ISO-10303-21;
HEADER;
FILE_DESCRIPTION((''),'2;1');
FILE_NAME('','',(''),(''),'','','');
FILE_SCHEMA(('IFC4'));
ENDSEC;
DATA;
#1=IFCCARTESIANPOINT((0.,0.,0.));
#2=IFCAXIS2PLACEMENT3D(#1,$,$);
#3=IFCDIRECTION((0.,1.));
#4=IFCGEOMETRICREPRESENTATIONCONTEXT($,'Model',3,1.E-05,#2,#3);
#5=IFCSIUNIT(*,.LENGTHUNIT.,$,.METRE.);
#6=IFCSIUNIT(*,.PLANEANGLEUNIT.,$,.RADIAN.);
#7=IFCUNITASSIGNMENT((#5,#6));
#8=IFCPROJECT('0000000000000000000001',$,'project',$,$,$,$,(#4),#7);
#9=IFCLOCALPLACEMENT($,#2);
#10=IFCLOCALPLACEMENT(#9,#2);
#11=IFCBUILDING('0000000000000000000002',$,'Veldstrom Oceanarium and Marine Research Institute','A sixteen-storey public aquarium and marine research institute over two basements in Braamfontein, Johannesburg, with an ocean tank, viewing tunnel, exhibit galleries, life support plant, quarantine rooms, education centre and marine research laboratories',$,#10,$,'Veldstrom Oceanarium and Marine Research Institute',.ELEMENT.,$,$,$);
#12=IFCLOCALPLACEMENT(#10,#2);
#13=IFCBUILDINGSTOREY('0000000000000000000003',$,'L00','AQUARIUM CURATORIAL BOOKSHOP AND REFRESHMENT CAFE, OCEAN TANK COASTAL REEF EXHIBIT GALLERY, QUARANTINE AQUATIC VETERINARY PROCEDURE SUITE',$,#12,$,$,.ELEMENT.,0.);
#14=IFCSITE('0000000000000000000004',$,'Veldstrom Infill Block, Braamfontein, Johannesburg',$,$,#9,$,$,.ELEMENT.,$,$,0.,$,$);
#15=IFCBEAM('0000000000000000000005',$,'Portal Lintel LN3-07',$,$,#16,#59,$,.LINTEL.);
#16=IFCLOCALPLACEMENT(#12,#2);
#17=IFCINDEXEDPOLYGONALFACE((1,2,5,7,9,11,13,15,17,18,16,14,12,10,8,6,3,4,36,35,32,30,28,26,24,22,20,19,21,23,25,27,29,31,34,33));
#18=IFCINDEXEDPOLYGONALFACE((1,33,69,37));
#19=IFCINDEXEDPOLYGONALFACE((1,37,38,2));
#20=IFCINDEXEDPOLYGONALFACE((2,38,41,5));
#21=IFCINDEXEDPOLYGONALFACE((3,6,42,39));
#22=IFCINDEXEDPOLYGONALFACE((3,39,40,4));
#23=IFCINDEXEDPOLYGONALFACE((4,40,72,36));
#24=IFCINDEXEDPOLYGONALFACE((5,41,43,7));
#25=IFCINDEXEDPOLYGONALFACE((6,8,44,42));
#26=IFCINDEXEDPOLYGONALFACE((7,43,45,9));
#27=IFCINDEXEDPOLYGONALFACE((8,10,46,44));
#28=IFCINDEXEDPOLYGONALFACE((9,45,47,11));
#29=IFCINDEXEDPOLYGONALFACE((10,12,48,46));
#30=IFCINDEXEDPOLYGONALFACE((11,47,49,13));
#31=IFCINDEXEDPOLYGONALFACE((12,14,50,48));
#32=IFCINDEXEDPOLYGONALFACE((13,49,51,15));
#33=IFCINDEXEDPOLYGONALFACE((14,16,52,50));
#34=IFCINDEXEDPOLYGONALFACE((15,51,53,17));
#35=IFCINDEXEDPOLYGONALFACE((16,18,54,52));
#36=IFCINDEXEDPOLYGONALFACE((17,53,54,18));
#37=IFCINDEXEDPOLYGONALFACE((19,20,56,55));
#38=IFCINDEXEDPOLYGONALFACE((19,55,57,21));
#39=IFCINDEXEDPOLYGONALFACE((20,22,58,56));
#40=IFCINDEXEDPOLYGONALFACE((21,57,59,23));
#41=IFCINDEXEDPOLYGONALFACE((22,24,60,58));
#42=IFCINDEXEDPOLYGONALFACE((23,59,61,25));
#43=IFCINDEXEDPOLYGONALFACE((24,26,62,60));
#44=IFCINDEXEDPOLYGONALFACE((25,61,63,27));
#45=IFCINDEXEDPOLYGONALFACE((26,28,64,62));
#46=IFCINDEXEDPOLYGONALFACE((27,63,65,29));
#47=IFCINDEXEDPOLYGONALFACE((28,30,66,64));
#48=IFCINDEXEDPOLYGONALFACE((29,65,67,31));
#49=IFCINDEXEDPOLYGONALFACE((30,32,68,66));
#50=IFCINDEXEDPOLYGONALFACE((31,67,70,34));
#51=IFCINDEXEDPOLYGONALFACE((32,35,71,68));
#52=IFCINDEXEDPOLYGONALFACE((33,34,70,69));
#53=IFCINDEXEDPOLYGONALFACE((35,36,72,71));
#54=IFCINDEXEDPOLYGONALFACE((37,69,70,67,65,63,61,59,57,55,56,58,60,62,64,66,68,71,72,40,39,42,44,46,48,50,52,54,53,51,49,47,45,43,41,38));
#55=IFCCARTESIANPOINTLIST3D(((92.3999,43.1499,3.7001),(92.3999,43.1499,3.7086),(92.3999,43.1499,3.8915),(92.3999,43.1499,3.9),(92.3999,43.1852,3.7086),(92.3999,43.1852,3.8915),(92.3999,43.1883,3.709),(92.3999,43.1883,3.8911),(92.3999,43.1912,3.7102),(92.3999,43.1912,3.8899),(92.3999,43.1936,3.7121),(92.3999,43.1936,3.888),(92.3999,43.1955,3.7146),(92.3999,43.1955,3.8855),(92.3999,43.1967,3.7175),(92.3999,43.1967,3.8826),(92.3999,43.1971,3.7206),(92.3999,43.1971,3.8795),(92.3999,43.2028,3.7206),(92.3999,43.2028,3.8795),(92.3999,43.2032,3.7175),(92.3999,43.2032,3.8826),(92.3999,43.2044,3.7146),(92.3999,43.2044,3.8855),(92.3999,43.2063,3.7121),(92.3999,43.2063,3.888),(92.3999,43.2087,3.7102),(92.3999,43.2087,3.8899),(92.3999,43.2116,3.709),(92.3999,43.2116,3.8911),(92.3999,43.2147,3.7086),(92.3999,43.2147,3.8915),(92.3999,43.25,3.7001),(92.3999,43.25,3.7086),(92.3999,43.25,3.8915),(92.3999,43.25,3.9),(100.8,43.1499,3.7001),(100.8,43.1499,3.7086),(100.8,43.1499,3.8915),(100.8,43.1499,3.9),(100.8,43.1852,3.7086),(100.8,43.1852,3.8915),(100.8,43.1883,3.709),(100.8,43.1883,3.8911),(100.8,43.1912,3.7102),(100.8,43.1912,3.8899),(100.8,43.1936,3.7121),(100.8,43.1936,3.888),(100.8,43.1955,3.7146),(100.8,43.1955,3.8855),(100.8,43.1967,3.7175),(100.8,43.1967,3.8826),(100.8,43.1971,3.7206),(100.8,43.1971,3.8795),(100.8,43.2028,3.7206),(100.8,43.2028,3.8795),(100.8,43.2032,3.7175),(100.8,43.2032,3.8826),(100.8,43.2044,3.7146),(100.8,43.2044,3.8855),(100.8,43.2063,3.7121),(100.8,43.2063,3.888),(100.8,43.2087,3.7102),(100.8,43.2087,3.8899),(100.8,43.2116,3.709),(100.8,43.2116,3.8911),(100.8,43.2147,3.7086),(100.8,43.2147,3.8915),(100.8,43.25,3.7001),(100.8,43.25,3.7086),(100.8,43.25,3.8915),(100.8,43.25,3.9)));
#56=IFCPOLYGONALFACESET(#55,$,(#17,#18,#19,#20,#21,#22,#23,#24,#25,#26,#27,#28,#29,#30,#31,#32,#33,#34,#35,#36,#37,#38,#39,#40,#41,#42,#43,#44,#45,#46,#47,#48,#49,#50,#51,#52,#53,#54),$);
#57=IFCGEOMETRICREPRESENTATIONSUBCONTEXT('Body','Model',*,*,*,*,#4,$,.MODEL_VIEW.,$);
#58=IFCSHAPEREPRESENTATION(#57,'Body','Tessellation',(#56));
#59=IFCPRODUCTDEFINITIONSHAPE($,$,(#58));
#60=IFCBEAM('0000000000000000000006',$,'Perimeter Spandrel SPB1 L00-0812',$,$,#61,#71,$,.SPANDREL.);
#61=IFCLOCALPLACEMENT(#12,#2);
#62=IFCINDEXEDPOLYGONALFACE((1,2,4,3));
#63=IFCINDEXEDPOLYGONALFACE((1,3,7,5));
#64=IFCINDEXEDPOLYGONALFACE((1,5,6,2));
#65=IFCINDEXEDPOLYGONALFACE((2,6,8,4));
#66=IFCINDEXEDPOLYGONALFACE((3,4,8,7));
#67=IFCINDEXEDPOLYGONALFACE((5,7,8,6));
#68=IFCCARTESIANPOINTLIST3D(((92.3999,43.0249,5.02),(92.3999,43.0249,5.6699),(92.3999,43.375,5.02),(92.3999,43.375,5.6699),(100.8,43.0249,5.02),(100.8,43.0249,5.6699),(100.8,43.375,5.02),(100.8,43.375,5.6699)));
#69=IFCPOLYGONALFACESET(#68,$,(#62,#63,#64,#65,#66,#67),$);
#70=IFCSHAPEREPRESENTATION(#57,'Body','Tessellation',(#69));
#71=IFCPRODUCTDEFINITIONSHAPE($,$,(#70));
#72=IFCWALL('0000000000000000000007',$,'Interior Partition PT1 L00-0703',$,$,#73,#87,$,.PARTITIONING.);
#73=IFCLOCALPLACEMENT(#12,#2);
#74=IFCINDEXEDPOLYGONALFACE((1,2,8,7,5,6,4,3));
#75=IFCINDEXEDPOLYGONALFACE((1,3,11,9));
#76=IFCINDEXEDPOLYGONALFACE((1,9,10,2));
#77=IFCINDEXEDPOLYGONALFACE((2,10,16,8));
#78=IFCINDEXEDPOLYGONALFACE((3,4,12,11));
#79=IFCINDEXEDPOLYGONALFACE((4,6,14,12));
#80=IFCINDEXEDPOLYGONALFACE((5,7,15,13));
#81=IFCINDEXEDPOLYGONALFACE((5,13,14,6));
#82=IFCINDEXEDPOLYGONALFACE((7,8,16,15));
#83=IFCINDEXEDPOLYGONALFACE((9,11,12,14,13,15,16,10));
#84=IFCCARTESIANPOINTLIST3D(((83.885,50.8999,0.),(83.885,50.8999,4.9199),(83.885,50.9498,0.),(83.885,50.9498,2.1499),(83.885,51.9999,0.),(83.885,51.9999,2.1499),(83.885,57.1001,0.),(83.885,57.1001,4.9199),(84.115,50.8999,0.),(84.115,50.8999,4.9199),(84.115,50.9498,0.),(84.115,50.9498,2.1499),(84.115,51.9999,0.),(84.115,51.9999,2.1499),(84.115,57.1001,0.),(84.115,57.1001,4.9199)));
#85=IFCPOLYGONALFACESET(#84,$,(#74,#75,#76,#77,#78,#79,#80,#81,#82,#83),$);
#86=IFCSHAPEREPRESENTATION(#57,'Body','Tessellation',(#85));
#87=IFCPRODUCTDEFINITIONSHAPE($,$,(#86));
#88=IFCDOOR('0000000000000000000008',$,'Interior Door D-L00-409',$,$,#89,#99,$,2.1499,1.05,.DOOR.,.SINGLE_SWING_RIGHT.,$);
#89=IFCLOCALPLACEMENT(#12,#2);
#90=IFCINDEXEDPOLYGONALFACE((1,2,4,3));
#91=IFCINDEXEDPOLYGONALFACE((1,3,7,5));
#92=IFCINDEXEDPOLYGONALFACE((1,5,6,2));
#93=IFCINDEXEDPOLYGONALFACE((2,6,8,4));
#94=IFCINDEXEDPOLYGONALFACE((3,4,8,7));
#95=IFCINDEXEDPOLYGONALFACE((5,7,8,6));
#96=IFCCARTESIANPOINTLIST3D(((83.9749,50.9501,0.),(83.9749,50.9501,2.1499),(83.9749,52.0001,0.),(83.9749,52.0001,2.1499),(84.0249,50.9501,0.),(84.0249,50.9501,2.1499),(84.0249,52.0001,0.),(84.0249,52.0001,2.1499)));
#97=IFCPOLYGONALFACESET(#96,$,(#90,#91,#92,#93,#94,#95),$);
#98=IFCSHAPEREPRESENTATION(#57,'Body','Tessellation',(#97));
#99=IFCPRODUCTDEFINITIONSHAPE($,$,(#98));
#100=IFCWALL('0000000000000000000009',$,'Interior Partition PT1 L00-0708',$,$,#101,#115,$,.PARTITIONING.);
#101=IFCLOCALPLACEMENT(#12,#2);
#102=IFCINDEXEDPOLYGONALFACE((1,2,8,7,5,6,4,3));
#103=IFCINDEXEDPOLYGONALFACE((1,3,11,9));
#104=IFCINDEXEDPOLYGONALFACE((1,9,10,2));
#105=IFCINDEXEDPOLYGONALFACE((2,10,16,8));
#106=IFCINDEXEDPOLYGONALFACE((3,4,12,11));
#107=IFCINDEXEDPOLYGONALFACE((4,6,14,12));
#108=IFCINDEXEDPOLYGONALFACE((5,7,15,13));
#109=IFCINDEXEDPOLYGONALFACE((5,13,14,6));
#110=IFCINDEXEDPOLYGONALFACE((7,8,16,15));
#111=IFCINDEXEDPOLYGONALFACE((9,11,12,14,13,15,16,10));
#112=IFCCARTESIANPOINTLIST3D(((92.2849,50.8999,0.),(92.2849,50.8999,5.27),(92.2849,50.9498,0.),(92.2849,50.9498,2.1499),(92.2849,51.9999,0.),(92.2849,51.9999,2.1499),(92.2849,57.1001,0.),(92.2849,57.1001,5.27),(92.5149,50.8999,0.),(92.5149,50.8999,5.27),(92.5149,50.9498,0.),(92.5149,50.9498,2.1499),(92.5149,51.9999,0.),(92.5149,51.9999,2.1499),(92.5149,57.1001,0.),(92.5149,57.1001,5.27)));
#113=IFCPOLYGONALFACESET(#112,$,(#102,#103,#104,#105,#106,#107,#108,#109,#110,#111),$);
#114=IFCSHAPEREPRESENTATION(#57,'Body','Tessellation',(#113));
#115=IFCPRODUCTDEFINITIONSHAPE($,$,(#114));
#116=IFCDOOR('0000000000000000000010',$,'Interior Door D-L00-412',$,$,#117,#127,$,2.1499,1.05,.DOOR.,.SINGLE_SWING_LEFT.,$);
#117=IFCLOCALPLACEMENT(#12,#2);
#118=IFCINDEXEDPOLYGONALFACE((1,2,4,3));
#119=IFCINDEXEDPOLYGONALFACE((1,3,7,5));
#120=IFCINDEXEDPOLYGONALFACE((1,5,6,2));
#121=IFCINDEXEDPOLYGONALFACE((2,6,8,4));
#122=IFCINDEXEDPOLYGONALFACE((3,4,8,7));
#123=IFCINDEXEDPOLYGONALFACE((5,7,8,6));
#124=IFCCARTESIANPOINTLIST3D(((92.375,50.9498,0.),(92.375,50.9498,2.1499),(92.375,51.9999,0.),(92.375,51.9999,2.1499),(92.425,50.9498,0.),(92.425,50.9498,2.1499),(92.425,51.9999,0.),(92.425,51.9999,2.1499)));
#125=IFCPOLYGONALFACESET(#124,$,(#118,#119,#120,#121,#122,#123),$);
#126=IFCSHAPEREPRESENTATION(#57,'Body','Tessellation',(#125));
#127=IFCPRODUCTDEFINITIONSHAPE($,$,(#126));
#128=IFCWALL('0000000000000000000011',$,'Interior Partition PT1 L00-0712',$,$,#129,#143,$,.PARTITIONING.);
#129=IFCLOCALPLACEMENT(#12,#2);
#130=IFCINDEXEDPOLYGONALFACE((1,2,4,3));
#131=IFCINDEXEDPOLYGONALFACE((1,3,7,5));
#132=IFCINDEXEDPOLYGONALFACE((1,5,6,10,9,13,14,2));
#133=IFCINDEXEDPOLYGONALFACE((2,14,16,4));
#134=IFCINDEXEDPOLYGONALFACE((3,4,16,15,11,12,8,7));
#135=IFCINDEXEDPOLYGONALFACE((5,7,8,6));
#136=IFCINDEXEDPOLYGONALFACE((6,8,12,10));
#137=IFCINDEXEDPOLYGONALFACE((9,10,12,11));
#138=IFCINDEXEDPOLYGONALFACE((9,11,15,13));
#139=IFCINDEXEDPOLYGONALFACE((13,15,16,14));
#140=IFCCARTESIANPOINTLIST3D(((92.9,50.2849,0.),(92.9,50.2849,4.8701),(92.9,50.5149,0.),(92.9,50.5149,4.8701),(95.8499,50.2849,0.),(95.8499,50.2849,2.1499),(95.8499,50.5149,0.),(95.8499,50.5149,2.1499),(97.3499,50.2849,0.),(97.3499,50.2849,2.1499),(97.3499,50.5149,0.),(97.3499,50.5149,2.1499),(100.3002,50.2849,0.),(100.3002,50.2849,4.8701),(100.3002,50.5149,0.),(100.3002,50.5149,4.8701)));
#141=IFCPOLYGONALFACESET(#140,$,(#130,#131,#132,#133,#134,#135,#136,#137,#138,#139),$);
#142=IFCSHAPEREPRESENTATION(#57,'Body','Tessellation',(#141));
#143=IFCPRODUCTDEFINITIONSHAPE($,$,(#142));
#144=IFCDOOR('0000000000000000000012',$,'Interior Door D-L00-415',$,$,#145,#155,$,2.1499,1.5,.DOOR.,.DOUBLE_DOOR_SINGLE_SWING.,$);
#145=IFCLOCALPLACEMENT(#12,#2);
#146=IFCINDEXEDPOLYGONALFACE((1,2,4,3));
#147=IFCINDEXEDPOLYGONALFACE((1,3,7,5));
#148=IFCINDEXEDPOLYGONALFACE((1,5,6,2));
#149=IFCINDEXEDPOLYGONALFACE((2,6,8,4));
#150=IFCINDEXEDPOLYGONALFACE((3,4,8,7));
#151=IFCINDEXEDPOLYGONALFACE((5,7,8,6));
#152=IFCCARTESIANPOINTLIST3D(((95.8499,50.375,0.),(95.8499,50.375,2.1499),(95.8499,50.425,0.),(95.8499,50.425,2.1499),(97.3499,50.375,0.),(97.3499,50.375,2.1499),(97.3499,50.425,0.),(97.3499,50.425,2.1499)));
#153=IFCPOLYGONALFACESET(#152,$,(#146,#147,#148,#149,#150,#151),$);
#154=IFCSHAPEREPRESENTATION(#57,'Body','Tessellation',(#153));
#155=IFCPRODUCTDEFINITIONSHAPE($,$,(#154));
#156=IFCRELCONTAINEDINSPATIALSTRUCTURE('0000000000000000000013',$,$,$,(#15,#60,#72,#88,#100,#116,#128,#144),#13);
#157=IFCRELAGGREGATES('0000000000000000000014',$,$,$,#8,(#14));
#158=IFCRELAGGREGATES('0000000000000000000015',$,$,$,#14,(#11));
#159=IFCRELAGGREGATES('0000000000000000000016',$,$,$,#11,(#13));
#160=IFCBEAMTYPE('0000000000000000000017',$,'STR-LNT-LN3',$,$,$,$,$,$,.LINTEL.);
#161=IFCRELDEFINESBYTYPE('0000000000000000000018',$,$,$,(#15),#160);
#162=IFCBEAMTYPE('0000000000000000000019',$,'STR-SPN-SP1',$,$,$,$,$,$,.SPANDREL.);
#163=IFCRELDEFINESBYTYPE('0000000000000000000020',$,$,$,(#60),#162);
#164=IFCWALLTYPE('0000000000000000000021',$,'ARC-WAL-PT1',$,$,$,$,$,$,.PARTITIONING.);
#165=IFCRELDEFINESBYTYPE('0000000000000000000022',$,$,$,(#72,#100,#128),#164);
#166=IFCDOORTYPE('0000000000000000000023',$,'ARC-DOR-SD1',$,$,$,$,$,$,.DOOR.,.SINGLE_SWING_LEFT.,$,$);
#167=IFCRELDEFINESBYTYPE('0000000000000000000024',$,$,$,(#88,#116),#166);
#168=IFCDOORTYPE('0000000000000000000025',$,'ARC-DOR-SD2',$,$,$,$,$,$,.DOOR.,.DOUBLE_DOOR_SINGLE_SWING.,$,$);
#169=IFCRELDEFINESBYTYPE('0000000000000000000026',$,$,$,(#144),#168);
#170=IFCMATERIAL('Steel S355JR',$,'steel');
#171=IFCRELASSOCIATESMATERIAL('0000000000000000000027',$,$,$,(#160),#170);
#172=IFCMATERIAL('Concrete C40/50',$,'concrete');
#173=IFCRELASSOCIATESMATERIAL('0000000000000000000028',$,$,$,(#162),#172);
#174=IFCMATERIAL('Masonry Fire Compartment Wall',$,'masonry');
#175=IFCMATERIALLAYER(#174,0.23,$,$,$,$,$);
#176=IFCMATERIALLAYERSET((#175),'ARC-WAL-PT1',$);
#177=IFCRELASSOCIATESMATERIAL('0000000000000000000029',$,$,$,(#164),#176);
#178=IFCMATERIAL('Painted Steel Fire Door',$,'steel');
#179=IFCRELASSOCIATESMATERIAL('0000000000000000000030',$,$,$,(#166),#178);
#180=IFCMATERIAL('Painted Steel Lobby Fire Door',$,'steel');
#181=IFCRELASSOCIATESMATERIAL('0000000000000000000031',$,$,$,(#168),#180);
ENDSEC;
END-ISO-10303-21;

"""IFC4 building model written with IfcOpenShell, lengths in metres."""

from ifc_helpers import new_model, si_unit, direction, frame, frame_2d, origin, origin_2d, place, context, subcontext, project, spatial, rectangle, i_section, extrude, material, layer, layer_set, material_profile, profile_set, type_object, element, fill, save


model = new_model("IFC4")

# Units and contexts
model_context = context("Model", 3, precision=1e-05, world=origin(), true_north=direction((0.0, 1.0)))
body_context = subcontext(model_context, "Body", "Model", "MODEL_VIEW")
ifc_project = project(units=[si_unit("LENGTHUNIT", "METRE"), si_unit("PLANEANGLEUNIT", "RADIAN")], contexts=[model_context])

# Site, building, storey
site_placement = place(None, origin())
site = spatial("IfcSite", under=ifc_project, at=site_placement, Name="Veldstrom Infill Block, Braamfontein, Johannesburg", CompositionType="ELEMENT", RefElevation=0.0)
building_placement = place(site_placement, origin())
building = spatial("IfcBuilding", under=site, at=building_placement, Name="Veldstrom Oceanarium and Marine Research Institute", Description="A sixteen-storey public aquarium and marine research institute over two basements in Braamfontein, Johannesburg, with an ocean tank, viewing tunnel, exhibit galleries, life support plant, quarantine rooms, education centre and marine research laboratories", LongName="Veldstrom Oceanarium and Marine Research Institute", CompositionType="ELEMENT")
storey_placement = place(building_placement, origin())
storey = spatial("IfcBuildingStorey", under=building, at=storey_placement, Name="L00", Description="AQUARIUM CURATORIAL BOOKSHOP AND REFRESHMENT CAFE, OCEAN TANK COASTAL REEF EXHIBIT GALLERY, QUARANTINE AQUATIC VETERINARY PROCEDURE SUITE", CompositionType="ELEMENT", Elevation=0.0)

# Beams
ifc_material_1 = material(Name="Steel S355JR", Category="steel")
ifc_material_profile_1 = material_profile(ifc_material_1, i_section(OverallWidth=0.1001, OverallDepth=0.2, WebThickness=0.0056, FlangeThickness=0.0085, FilletRadius=0.012, at=origin_2d()), Name="IPE 200")
ifc_profile_set_1 = profile_set([ifc_material_profile_1], Name="Steel S355JR")
beam_type_1 = type_object("IfcBeamType", Name="STR-LNT-LN3", PredefinedType="LINTEL", material=ifc_profile_set_1)
beam_1_placement = place(storey_placement, frame((92.3999, 43.2, 3.8), z_axis=(1.0, 0.0, 0.0), x_axis=(0.0, 1.0, 0.0)))
element("IfcBeam", 1, at=beam_1_placement, inside=storey, type_object=beam_type_1, Name="Portal Lintel LN3-07", PredefinedType="LINTEL", context=body_context, shape_type="SweptSolid", body=[
    extrude(i_section(OverallWidth=0.1001, OverallDepth=0.2, WebThickness=0.0056, FlangeThickness=0.0085, FilletRadius=0.012, at=origin_2d()), origin(), (0.0, 0.0, 1.0), 8.4001),
])
ifc_material_2 = material(Name="Concrete C40/50", Category="concrete")
ifc_material_profile_2 = material_profile(ifc_material_2, rectangle(XDim=0.3501, YDim=0.6499, at=origin_2d()), Name="RC-SPN-350x650")
ifc_profile_set_2 = profile_set([ifc_material_profile_2], Name="Concrete C40/50")
beam_type_2 = type_object("IfcBeamType", Name="STR-SPN-SP1", PredefinedType="SPANDREL", material=ifc_profile_set_2)
beam_2_placement = place(storey_placement, frame((92.3999, 43.2, 5.345), z_axis=(1.0, 0.0, 0.0), x_axis=(0.0, 1.0, 0.0)))
element("IfcBeam", 2, at=beam_2_placement, inside=storey, type_object=beam_type_2, Name="Perimeter Spandrel SPB1 L00-0812", PredefinedType="SPANDREL", context=body_context, shape_type="SweptSolid", body=[
    extrude(rectangle(XDim=0.3501, YDim=0.6499, at=origin_2d()), origin(), (0.0, 0.0, 1.0), 8.4001),
])

# Walls, openings, doors
ifc_material_3 = material(Name="Masonry Fire Compartment Wall", Category="masonry")
ifc_layer_1 = layer(ifc_material_3, 0.23)
ifc_layer_set_1 = layer_set([ifc_layer_1], Name="ARC-WAL-PT1")
wall_type_1 = type_object("IfcWallType", Name="ARC-WAL-PT1", PredefinedType="PARTITIONING", material=ifc_layer_set_1)
wall_1_placement = place(storey_placement, frame((84.0, 50.8999, 0.0), z_axis=(0.0, 0.0, 1.0), x_axis=(0.0, 1.0, 0.0)))
wall_1 = element("IfcWall", 3, at=wall_1_placement, inside=storey, type_object=wall_type_1, Name="Interior Partition PT1 L00-0703", PredefinedType="PARTITIONING", context=body_context, shape_type="SweptSolid", body=[
    extrude(rectangle(XDim=6.2002, YDim=0.23, at=frame_2d((3.1001, 0.0))), origin(), (0.0, 0.0, 1.0), 4.9199),
])
opening_1_placement = place(wall_1_placement, frame((0.05, 0.0, 0.0)))
opening_1 = element("IfcOpeningElement", 4, at=opening_1_placement, cuts=wall_1, PredefinedType="OPENING", context=body_context, shape_type="SweptSolid", body=[
    extrude(rectangle(XDim=1.05, YDim=2.1499, at=frame_2d((0.5249, 1.075))), frame((0.0, 0.125, 0.0), z_axis=(0.0, -1.0, 0.0), x_axis=(1.0, 0.0, 0.0)), (0.0, 0.0, 1.0), 0.25),
])
ifc_material_4 = material(Name="Painted Steel Fire Door", Category="steel")
door_type_1 = type_object("IfcDoorType", Name="ARC-DOR-SD1", OperationType="SINGLE_SWING_LEFT", PredefinedType="DOOR", material=ifc_material_4)
door_1_placement = place(opening_1_placement, frame((1.05, 0.0, 0.0), z_axis=(0.0, 0.0, 1.0), x_axis=(-1.0, 0.0, 0.0)))
door_1 = element("IfcDoor", 5, at=door_1_placement, inside=storey, type_object=door_type_1, Name="Interior Door D-L00-409", OperationType="SINGLE_SWING_RIGHT", OverallHeight=2.1499, OverallWidth=1.05, PredefinedType="DOOR", context=body_context, shape_type="SweptSolid", body=[
    extrude(rectangle(XDim=1.05, YDim=2.1499, at=frame_2d((0.5249, 1.075))), frame((0.0, 0.0249, 0.0), z_axis=(0.0, -1.0, 0.0), x_axis=(1.0, 0.0, 0.0)), (0.0, 0.0, 1.0), 0.05),
])
fill(opening_1, door_1)
wall_2_placement = place(storey_placement, frame((92.3999, 50.8999, 0.0), z_axis=(0.0, 0.0, 1.0), x_axis=(0.0, 1.0, 0.0)))
wall_2 = element("IfcWall", 6, at=wall_2_placement, inside=storey, type_object=wall_type_1, Name="Interior Partition PT1 L00-0708", PredefinedType="PARTITIONING", context=body_context, shape_type="SweptSolid", body=[
    extrude(rectangle(XDim=6.2002, YDim=0.23, at=frame_2d((3.1001, 0.0))), origin(), (0.0, 0.0, 1.0), 5.27),
])
opening_2_placement = place(wall_2_placement, frame((0.05, 0.0, 0.0)))
opening_2 = element("IfcOpeningElement", 7, at=opening_2_placement, cuts=wall_2, PredefinedType="OPENING", context=body_context, shape_type="SweptSolid", body=[
    extrude(rectangle(XDim=1.05, YDim=2.1499, at=frame_2d((0.5249, 1.075))), frame((0.0, 0.125, 0.0), z_axis=(0.0, -1.0, 0.0), x_axis=(1.0, 0.0, 0.0)), (0.0, 0.0, 1.0), 0.25),
])
door_2_placement = place(opening_2_placement, origin())
door_2 = element("IfcDoor", 8, at=door_2_placement, inside=storey, type_object=door_type_1, Name="Interior Door D-L00-412", OperationType="SINGLE_SWING_LEFT", OverallHeight=2.1499, OverallWidth=1.05, PredefinedType="DOOR", context=body_context, shape_type="SweptSolid", body=[
    extrude(rectangle(XDim=1.05, YDim=2.1499, at=frame_2d((0.5249, 1.075))), frame((0.0, 0.0249, 0.0), z_axis=(0.0, -1.0, 0.0), x_axis=(1.0, 0.0, 0.0)), (0.0, 0.0, 1.0), 0.05),
])
fill(opening_2, door_2)
wall_3_placement = place(storey_placement, frame((92.8999, 50.3999, 0.0), z_axis=(0.0, 0.0, 1.0), x_axis=(1.0, 0.0, 0.0)))
wall_3 = element("IfcWall", 9, at=wall_3_placement, inside=storey, type_object=wall_type_1, Name="Interior Partition PT1 L00-0712", PredefinedType="PARTITIONING", context=body_context, shape_type="SweptSolid", body=[
    extrude(rectangle(XDim=7.4001, YDim=0.23, at=frame_2d((3.7002, 0.0))), origin(), (0.0, 0.0, 1.0), 4.8701),
])
opening_3_placement = place(wall_3_placement, frame((2.95, 0.0, 0.0)))
opening_3 = element("IfcOpeningElement", 10, at=opening_3_placement, cuts=wall_3, PredefinedType="OPENING", context=body_context, shape_type="SweptSolid", body=[
    extrude(rectangle(XDim=1.5, YDim=2.1499, at=frame_2d((0.75, 1.075))), frame((0.0, 0.125, 0.0), z_axis=(0.0, -1.0, 0.0), x_axis=(1.0, 0.0, 0.0)), (0.0, 0.0, 1.0), 0.25),
])
ifc_material_5 = material(Name="Painted Steel Lobby Fire Door", Category="steel")
door_type_2 = type_object("IfcDoorType", Name="ARC-DOR-SD2", OperationType="DOUBLE_DOOR_SINGLE_SWING", PredefinedType="DOOR", material=ifc_material_5)
door_3_placement = place(opening_3_placement, frame((1.5, 0.0, 0.0), z_axis=(0.0, 0.0, 1.0), x_axis=(-1.0, 0.0, 0.0)))
door_3 = element("IfcDoor", 11, at=door_3_placement, inside=storey, type_object=door_type_2, Name="Interior Door D-L00-415", OperationType="DOUBLE_DOOR_SINGLE_SWING", OverallHeight=2.1499, OverallWidth=1.5, PredefinedType="DOOR", context=body_context, shape_type="SweptSolid", body=[
    extrude(rectangle(XDim=1.5, YDim=2.1499, at=frame_2d((0.75, 1.075))), frame((0.0, 0.0249, 0.0), z_axis=(0.0, -1.0, 0.0), x_axis=(1.0, 0.0, 0.0)), (0.0, 0.0, 1.0), 0.05),
])
fill(opening_3, door_3)

save(model, "model.ifc")
